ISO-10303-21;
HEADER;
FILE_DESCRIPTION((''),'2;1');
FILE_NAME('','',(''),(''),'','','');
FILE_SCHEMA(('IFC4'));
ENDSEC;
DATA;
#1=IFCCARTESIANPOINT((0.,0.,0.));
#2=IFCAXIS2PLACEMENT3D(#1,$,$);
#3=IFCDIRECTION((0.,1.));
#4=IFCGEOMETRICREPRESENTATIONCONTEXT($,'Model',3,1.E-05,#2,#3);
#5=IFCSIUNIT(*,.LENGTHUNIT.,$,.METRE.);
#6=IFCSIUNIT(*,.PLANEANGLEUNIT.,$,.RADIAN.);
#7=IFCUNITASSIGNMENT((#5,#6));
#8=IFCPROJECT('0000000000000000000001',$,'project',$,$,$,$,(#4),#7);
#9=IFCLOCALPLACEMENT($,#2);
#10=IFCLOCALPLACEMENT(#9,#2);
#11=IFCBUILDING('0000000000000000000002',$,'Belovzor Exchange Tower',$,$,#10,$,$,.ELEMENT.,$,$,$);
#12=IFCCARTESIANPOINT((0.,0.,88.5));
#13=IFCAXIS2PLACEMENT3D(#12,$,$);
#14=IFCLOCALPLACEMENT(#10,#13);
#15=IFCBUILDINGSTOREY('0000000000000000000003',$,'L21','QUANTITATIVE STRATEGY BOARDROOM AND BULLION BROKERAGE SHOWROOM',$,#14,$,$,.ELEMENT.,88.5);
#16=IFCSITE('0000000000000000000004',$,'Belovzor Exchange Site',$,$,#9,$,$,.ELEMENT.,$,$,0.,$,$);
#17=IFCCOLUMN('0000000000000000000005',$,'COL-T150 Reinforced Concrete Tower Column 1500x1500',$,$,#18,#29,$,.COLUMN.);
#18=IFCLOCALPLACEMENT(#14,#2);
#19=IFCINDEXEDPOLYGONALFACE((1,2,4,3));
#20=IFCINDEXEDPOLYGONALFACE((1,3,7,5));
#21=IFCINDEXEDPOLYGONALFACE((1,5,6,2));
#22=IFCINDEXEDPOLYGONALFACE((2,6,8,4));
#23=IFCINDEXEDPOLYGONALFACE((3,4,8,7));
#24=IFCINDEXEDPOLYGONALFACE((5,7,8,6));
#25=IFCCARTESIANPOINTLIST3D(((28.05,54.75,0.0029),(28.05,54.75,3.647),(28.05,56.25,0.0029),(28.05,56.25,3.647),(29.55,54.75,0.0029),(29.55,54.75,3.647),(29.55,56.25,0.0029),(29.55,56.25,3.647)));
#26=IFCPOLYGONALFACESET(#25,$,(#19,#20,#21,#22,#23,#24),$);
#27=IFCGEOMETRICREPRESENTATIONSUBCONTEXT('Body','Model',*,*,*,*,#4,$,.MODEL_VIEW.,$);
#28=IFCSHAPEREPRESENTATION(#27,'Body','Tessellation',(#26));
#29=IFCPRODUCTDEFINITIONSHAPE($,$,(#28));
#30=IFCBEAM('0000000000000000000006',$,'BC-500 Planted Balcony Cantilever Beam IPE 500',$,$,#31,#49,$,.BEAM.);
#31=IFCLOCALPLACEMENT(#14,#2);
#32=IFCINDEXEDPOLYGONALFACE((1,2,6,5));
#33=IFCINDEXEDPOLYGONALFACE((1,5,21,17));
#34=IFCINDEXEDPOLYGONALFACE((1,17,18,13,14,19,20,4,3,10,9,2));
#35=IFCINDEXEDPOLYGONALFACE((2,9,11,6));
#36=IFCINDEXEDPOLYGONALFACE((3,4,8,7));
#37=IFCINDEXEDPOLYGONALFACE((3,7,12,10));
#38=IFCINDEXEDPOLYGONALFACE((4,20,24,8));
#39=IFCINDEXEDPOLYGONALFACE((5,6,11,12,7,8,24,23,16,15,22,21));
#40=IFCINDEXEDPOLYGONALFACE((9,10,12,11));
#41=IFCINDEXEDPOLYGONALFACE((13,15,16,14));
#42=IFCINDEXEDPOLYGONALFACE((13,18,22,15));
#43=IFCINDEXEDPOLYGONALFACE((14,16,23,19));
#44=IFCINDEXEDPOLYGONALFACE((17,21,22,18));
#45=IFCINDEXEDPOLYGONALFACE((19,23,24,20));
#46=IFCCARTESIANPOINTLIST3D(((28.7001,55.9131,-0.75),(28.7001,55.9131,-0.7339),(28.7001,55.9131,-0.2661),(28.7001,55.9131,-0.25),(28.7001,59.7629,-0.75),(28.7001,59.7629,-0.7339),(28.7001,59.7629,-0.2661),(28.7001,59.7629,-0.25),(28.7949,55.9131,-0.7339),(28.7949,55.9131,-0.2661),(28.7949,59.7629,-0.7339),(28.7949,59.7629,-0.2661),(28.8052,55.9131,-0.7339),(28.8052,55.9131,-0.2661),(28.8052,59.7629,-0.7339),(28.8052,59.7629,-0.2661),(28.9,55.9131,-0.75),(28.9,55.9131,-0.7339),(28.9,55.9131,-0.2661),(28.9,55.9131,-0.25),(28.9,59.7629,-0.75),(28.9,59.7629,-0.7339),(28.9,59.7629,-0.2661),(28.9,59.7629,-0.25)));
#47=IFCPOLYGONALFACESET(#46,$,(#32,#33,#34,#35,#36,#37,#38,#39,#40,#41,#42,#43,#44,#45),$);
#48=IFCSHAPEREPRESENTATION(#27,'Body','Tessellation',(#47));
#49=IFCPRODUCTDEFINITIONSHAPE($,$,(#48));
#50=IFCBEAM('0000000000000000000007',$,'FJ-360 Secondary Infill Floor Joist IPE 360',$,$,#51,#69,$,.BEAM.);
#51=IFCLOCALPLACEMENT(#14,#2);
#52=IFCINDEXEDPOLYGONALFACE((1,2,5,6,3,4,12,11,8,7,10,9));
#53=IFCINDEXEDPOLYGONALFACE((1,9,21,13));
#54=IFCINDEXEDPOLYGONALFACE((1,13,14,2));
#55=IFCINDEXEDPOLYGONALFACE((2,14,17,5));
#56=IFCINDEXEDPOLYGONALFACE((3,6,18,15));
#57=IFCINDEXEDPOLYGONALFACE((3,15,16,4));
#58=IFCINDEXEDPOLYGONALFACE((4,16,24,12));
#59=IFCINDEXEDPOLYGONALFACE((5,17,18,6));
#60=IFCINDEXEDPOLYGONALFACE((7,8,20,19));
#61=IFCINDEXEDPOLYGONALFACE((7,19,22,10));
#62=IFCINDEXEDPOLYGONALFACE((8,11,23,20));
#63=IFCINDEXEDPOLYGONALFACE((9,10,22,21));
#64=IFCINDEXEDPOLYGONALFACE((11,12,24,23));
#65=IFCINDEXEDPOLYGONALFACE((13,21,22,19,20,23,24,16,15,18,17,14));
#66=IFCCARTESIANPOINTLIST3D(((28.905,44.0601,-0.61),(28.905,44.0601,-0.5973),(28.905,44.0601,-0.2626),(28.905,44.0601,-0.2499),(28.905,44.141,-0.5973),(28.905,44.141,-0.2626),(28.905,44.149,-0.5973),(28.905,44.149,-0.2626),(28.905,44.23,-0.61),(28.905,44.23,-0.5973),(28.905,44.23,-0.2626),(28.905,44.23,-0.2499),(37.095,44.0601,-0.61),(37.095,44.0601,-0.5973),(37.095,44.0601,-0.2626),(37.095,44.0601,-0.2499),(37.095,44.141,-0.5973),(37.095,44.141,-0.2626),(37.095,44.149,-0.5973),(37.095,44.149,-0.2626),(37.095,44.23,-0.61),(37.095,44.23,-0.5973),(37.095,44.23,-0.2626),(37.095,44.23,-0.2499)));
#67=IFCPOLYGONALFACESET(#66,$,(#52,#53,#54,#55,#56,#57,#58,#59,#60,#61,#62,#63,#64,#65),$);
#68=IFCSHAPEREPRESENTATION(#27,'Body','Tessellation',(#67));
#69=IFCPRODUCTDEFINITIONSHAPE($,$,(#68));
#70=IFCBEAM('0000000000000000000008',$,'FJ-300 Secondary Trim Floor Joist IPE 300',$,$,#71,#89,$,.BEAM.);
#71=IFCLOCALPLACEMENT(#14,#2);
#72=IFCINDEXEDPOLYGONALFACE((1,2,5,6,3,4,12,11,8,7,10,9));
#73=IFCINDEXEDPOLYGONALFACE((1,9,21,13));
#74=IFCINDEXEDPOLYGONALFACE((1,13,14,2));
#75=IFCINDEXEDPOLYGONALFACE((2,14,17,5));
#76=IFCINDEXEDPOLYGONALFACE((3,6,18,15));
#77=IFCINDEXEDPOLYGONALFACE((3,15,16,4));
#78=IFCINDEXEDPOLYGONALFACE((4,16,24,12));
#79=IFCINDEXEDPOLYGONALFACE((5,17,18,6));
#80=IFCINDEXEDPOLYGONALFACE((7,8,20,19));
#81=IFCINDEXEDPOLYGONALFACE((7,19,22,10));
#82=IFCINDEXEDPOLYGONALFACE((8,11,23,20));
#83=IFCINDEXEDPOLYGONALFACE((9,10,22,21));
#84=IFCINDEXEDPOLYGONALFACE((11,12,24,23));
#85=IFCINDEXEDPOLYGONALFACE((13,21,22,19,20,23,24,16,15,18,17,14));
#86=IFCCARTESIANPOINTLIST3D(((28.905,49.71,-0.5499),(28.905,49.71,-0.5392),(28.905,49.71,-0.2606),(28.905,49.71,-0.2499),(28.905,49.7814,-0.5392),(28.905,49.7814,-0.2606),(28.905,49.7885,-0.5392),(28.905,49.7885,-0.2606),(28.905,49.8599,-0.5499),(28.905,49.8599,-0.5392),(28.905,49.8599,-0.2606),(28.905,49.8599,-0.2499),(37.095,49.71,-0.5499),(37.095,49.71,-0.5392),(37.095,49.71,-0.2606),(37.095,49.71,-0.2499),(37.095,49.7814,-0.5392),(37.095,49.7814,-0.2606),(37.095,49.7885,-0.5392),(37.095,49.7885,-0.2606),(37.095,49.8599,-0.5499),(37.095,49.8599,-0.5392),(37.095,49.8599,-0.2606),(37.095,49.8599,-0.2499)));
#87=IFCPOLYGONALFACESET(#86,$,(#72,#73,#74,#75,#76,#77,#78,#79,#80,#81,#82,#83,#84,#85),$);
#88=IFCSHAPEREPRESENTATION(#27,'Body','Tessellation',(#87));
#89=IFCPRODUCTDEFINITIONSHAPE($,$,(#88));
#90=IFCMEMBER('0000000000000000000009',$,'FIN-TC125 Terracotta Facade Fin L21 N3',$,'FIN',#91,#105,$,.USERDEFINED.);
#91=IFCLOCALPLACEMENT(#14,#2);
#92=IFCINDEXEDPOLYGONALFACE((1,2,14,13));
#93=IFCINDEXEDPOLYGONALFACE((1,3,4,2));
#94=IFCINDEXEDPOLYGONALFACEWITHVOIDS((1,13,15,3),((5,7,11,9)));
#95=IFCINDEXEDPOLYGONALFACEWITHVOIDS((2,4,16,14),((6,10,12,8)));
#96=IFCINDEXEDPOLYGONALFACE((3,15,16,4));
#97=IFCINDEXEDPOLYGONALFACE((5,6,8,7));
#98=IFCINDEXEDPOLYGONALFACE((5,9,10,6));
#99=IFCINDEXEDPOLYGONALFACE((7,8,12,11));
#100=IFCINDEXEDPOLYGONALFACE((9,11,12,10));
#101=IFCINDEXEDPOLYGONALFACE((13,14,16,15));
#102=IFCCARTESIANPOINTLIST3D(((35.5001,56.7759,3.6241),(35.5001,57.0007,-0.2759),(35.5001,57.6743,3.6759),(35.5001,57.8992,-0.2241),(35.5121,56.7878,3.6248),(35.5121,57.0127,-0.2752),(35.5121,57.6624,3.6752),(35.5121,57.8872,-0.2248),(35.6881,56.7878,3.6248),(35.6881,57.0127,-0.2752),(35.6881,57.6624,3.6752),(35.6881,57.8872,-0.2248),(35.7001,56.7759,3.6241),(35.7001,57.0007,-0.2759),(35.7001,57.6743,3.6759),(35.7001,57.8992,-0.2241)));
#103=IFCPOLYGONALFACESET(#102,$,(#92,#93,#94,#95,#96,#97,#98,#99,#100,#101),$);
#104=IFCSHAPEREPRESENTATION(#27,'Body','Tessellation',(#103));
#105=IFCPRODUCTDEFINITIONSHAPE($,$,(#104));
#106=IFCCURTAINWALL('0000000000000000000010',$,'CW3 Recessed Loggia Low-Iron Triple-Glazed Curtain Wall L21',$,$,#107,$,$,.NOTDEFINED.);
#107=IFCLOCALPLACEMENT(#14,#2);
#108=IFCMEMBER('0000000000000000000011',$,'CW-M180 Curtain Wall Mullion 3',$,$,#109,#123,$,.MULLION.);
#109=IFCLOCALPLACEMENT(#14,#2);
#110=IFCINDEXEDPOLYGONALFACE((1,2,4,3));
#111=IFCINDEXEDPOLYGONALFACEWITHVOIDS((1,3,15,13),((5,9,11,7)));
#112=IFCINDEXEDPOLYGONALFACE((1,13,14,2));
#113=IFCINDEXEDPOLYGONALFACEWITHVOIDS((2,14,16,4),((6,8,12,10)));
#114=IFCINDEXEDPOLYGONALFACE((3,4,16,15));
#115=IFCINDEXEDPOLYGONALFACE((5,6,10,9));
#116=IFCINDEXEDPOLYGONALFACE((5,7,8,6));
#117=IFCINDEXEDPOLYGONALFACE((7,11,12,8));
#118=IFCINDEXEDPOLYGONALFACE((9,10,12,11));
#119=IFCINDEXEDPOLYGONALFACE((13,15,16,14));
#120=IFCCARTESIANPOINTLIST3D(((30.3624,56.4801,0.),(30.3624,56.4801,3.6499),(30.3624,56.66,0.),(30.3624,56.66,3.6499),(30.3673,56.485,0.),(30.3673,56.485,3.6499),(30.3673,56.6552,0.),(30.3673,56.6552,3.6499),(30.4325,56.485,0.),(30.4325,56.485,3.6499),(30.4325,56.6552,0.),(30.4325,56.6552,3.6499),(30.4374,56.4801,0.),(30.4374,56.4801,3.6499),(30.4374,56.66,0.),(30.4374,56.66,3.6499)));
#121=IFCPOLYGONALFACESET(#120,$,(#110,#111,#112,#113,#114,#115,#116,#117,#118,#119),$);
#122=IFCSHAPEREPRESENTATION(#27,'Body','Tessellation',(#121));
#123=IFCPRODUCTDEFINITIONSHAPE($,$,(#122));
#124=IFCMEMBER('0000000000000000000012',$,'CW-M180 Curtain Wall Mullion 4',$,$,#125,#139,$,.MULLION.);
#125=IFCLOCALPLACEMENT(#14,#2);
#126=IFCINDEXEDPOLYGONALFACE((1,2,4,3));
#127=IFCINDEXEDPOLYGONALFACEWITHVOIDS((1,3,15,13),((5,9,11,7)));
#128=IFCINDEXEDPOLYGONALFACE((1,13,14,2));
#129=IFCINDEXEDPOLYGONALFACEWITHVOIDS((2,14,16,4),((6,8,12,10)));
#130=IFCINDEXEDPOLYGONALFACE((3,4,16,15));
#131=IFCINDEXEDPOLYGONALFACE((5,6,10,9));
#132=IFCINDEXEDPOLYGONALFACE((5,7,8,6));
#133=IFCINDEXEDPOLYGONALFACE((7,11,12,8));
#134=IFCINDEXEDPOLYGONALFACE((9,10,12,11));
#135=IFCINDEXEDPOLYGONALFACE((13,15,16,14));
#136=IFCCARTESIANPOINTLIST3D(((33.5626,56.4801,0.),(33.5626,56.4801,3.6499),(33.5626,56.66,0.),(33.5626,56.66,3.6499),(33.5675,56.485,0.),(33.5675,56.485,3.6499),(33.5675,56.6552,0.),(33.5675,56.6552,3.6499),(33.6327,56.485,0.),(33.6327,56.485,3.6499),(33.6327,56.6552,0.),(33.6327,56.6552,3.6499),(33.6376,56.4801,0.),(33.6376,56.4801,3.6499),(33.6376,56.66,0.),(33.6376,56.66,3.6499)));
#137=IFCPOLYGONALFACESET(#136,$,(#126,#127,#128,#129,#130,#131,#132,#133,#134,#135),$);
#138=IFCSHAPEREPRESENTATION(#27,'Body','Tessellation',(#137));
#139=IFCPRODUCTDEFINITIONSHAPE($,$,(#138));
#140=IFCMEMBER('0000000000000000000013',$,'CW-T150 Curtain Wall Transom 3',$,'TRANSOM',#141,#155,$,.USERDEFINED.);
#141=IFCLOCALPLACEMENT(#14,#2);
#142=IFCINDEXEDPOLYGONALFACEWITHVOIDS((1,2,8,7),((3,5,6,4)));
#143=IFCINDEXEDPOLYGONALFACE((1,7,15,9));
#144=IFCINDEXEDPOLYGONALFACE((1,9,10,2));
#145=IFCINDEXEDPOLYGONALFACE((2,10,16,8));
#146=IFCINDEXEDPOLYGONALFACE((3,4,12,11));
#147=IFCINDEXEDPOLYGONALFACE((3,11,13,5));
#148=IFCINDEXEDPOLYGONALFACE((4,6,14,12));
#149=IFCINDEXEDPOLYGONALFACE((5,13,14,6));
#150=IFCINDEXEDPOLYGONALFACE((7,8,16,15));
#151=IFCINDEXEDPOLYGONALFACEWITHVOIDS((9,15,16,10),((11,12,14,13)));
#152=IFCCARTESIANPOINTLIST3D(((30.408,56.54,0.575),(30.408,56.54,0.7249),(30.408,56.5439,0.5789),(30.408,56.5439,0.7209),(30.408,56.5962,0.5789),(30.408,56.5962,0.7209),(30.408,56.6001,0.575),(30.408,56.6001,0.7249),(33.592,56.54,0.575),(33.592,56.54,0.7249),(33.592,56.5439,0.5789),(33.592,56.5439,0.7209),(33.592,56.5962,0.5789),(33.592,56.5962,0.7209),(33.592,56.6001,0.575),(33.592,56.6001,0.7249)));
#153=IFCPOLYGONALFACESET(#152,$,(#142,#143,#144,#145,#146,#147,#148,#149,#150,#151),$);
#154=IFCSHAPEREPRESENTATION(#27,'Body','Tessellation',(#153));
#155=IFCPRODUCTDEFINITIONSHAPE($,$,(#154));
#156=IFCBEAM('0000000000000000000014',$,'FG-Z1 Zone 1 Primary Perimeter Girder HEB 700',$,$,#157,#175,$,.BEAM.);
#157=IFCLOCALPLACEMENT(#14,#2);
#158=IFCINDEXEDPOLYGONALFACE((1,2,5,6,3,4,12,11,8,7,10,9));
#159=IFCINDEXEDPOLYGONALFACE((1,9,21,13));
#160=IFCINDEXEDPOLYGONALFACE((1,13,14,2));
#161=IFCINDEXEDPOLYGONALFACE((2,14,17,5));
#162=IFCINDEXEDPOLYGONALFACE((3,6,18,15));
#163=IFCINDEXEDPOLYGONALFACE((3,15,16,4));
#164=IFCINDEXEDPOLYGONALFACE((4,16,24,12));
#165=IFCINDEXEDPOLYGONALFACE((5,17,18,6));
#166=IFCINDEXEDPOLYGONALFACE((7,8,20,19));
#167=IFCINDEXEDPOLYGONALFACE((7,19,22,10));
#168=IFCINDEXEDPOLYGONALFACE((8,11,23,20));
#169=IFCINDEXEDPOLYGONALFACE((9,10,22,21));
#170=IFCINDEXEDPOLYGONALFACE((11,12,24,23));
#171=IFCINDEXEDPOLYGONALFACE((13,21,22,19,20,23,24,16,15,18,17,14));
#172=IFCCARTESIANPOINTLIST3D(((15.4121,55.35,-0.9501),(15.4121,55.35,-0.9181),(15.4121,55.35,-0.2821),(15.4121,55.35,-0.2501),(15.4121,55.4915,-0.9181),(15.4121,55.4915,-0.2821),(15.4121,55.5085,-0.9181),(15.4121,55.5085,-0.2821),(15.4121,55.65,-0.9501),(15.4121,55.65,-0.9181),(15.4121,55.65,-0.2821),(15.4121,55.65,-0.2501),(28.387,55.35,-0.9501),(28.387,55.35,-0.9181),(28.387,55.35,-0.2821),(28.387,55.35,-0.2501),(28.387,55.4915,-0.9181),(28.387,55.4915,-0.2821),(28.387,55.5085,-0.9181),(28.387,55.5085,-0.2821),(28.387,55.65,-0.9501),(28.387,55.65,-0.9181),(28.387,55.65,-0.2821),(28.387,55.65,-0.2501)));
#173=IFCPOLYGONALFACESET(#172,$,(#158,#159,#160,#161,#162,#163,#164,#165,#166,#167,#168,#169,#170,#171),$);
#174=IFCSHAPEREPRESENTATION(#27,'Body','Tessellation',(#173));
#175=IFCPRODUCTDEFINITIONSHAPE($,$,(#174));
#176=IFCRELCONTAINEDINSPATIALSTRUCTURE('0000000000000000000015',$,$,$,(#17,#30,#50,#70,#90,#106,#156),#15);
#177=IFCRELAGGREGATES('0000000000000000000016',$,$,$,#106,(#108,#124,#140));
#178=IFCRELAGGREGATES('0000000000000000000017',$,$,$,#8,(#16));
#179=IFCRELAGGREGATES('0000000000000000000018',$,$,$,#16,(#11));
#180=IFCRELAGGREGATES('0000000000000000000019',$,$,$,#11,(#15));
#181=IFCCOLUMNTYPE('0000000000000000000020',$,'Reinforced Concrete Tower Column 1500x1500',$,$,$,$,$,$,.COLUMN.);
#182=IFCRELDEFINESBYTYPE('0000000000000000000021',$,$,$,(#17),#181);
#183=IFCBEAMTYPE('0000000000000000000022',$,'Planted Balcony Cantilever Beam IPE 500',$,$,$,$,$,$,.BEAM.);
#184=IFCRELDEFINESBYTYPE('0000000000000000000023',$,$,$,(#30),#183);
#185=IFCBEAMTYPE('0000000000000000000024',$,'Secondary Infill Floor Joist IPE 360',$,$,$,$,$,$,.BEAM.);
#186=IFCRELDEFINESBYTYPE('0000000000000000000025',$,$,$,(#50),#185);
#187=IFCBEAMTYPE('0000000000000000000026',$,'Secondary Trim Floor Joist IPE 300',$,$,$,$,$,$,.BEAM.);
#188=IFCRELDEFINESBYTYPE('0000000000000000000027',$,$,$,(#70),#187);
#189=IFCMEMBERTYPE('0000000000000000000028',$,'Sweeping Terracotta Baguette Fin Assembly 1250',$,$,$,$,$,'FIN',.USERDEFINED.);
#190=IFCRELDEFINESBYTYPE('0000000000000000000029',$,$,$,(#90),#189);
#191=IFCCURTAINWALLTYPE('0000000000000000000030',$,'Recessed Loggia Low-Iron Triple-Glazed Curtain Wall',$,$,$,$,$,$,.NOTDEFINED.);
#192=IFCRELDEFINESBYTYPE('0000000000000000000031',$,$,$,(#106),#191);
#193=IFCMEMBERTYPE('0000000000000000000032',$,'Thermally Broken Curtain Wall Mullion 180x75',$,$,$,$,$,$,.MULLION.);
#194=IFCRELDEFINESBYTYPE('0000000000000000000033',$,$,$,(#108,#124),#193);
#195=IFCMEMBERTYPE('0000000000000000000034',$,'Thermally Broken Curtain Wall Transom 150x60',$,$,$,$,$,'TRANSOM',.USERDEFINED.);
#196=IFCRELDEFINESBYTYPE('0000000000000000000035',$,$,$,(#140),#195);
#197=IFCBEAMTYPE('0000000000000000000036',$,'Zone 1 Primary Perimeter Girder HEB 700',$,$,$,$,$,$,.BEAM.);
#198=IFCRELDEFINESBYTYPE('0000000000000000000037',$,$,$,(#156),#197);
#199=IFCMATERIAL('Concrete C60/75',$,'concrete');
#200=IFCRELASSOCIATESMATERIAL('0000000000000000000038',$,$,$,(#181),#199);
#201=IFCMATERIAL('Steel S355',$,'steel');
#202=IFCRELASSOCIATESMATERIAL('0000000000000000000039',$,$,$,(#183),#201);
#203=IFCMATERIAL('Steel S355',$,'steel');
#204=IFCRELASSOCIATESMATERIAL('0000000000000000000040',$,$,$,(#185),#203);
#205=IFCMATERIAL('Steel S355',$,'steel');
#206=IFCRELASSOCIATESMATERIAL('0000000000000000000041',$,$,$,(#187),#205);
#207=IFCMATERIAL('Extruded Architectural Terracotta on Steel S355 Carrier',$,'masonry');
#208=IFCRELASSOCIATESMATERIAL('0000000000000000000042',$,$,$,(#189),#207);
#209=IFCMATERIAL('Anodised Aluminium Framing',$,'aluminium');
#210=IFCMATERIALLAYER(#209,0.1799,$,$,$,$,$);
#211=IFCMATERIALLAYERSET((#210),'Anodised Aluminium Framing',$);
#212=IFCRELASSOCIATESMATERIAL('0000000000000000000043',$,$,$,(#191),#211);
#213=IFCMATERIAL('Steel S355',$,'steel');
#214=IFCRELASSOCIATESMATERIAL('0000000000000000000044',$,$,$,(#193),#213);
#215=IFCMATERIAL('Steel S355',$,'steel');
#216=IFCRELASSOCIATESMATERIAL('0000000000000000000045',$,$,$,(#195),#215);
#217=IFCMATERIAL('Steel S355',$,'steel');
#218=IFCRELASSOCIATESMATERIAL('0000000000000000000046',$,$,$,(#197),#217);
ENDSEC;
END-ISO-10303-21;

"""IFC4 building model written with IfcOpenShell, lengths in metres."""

from ifc_helpers import new_model, si_unit, direction, frame, origin, origin_2d, place, context, subcontext, project, spatial, rectangle, hollow_rectangle, i_section, extrude, material, layer, layer_set, material_profile, profile_set, type_object, element, aggregate, save


model = new_model("IFC4")

# Units and contexts
model_context = context("Model", 3, precision=1e-05, world=origin(), true_north=direction((0.0, 1.0)))
body_context = subcontext(model_context, "Body", "Model", "MODEL_VIEW")
ifc_project = project(units=[si_unit("LENGTHUNIT", "METRE"), si_unit("PLANEANGLEUNIT", "RADIAN")], contexts=[model_context])

# Site, building, storey
site_placement = place(None, origin())
site = spatial("IfcSite", under=ifc_project, at=site_placement, Name="Belovzor Exchange Site", CompositionType="ELEMENT", RefElevation=0.0)
building_placement = place(site_placement, origin())
building = spatial("IfcBuilding", under=site, at=building_placement, Name="Belovzor Exchange Tower", CompositionType="ELEMENT")
storey_placement = place(building_placement, frame((0.0, 0.0, 88.5)))
storey = spatial("IfcBuildingStorey", under=building, at=storey_placement, Name="L21", Description="QUANTITATIVE STRATEGY BOARDROOM AND BULLION BROKERAGE SHOWROOM", CompositionType="ELEMENT", Elevation=88.5)

# Column
ifc_material_1 = material(Name="Concrete C60/75", Category="concrete")
ifc_material_profile_1 = material_profile(ifc_material_1, rectangle(XDim=1.5, YDim=1.5, at=origin_2d()))
ifc_profile_set_1 = profile_set([ifc_material_profile_1], Name="Concrete C60/75")
column_type = type_object("IfcColumnType", Name="Reinforced Concrete Tower Column 1500x1500", PredefinedType="COLUMN", material=ifc_profile_set_1)
column_placement = place(storey_placement, frame((28.8, 55.5, 0.0029), z_axis=(0.0, 0.0, 1.0), x_axis=(1.0, 0.0, 0.0)))
element("IfcColumn", 1, at=column_placement, inside=storey, type_object=column_type, Name="COL-T150 Reinforced Concrete Tower Column 1500x1500", PredefinedType="COLUMN", context=body_context, shape_type="SweptSolid", body=[
    extrude(rectangle(XDim=1.5, YDim=1.5, at=origin_2d()), origin(), (0.0, 0.0, 1.0), 3.644),
])

# Beams
ifc_material_2 = material(Name="Steel S355", Category="steel")
ifc_material_profile_2 = material_profile(ifc_material_2, i_section(OverallWidth=0.2, OverallDepth=0.5, WebThickness=0.0103, FlangeThickness=0.0161, at=origin_2d()))
ifc_profile_set_2 = profile_set([ifc_material_profile_2], Name="Steel S355")
beam_type_1 = type_object("IfcBeamType", Name="Planted Balcony Cantilever Beam IPE 500", PredefinedType="BEAM", material=ifc_profile_set_2)
beam_1_placement = place(storey_placement, frame((28.8, 55.9131, -0.5), z_axis=(0.0, 1.0, 0.0), x_axis=(-1.0, 0.0, 0.0)))
element("IfcBeam", 2, at=beam_1_placement, inside=storey, type_object=beam_type_1, Name="BC-500 Planted Balcony Cantilever Beam IPE 500", PredefinedType="BEAM", context=body_context, shape_type="SweptSolid", body=[
    extrude(i_section(OverallWidth=0.2, OverallDepth=0.5, WebThickness=0.0103, FlangeThickness=0.0161, at=origin_2d()), origin(), (0.0, 0.0, 1.0), 3.8499),
])
ifc_material_3 = material(Name="Steel S355", Category="steel")
ifc_material_profile_3 = material_profile(ifc_material_3, i_section(OverallWidth=0.1699, OverallDepth=0.3601, WebThickness=0.0081, FlangeThickness=0.0127, at=origin_2d()))
ifc_profile_set_3 = profile_set([ifc_material_profile_3], Name="Steel S355")
beam_type_2 = type_object("IfcBeamType", Name="Secondary Infill Floor Joist IPE 360", PredefinedType="BEAM", material=ifc_profile_set_3)
beam_2_placement = place(storey_placement, frame((28.905, 44.145, -0.4299), z_axis=(1.0, 0.0, 0.0), x_axis=(0.0, 1.0, 0.0)))
element("IfcBeam", 3, at=beam_2_placement, inside=storey, type_object=beam_type_2, Name="FJ-360 Secondary Infill Floor Joist IPE 360", PredefinedType="BEAM", context=body_context, shape_type="SweptSolid", body=[
    extrude(i_section(OverallWidth=0.1699, OverallDepth=0.3601, WebThickness=0.0081, FlangeThickness=0.0127, at=origin_2d()), origin(), (0.0, 0.0, 1.0), 8.1899),
])
ifc_material_4 = material(Name="Steel S355", Category="steel")
ifc_material_profile_4 = material_profile(ifc_material_4, i_section(OverallWidth=0.1499, OverallDepth=0.3, WebThickness=0.0071, FlangeThickness=0.0107, at=origin_2d()))
ifc_profile_set_4 = profile_set([ifc_material_profile_4], Name="Steel S355")
beam_type_3 = type_object("IfcBeamType", Name="Secondary Trim Floor Joist IPE 300", PredefinedType="BEAM", material=ifc_profile_set_4)
beam_3_placement = place(storey_placement, frame((28.905, 49.7849, -0.3999), z_axis=(1.0, 0.0, 0.0), x_axis=(0.0, 1.0, 0.0)))
element("IfcBeam", 4, at=beam_3_placement, inside=storey, type_object=beam_type_3, Name="FJ-300 Secondary Trim Floor Joist IPE 300", PredefinedType="BEAM", context=body_context, shape_type="SweptSolid", body=[
    extrude(i_section(OverallWidth=0.1499, OverallDepth=0.3, WebThickness=0.0071, FlangeThickness=0.0107, at=origin_2d()), origin(), (0.0, 0.0, 1.0), 8.1899),
])

# Member
ifc_material_5 = material(Name="Extruded Architectural Terracotta on Steel S355 Carrier", Category="masonry")
ifc_material_profile_5 = material_profile(ifc_material_5, hollow_rectangle(XDim=0.2, YDim=0.8999, WallThickness=0.012, at=origin_2d()))
ifc_profile_set_5 = profile_set([ifc_material_profile_5], Name="Extruded Architectural Terracotta on Steel S355 Carrier")
member_type_1 = type_object("IfcMemberType", Name="Sweeping Terracotta Baguette Fin Assembly 1250", ElementType="FIN", PredefinedType="USERDEFINED", material=ifc_profile_set_5)
member_1_placement = place(storey_placement, frame((35.6001, 57.45, -0.25), z_axis=(0.0, -0.057561, 0.998342), x_axis=(1.0, 0.0, 0.0)))
element("IfcMember", 5, at=member_1_placement, inside=storey, type_object=member_type_1, Name="FIN-TC125 Terracotta Facade Fin L21 N3", ObjectType="FIN", PredefinedType="USERDEFINED", context=body_context, shape_type="SweptSolid", body=[
    extrude(hollow_rectangle(XDim=0.2, YDim=0.8999, WallThickness=0.012, at=origin_2d()), origin(), (0.0, 0.0, 1.0), 3.9065),
])

# Curtain wall, members
ifc_material_6 = material(Name="Anodised Aluminium Framing", Category="aluminium")
ifc_layer_1 = layer(ifc_material_6, 0.1799)
ifc_layer_set_1 = layer_set([ifc_layer_1], Name="Anodised Aluminium Framing")
curtain_wall_type = type_object("IfcCurtainWallType", Name="Recessed Loggia Low-Iron Triple-Glazed Curtain Wall", PredefinedType="NOTDEFINED", material=ifc_layer_set_1)
curtain_wall_placement = place(storey_placement, origin())
curtain_wall = element("IfcCurtainWall", 6, at=curtain_wall_placement, inside=storey, type_object=curtain_wall_type, Name="CW3 Recessed Loggia Low-Iron Triple-Glazed Curtain Wall L21", PredefinedType="NOTDEFINED")
ifc_material_7 = material(Name="Steel S355", Category="steel")
ifc_material_profile_6 = material_profile(ifc_material_7, hollow_rectangle(XDim=0.075, YDim=0.1799, WallThickness=0.0049, at=origin_2d()))
ifc_profile_set_6 = profile_set([ifc_material_profile_6], Name="Steel S355")
member_type_2 = type_object("IfcMemberType", Name="Thermally Broken Curtain Wall Mullion 180x75", PredefinedType="MULLION", material=ifc_profile_set_6)
member_2_placement = place(storey_placement, frame((30.3999, 56.5701, 0.0), z_axis=(0.0, 0.0, 1.0), x_axis=(1.0, 0.0, 0.0)))
member_2 = element("IfcMember", 7, at=member_2_placement, type_object=member_type_2, Name="CW-M180 Curtain Wall Mullion 3", PredefinedType="MULLION", context=body_context, shape_type="SweptSolid", body=[
    extrude(hollow_rectangle(XDim=0.075, YDim=0.1799, WallThickness=0.0049, at=origin_2d()), origin(), (0.0, 0.0, 1.0), 3.6499),
])
member_3_placement = place(storey_placement, frame((33.6001, 56.5701, 0.0), z_axis=(0.0, 0.0, 1.0), x_axis=(1.0, 0.0, 0.0)))
member_3 = element("IfcMember", 8, at=member_3_placement, type_object=member_type_2, Name="CW-M180 Curtain Wall Mullion 4", PredefinedType="MULLION", context=body_context, shape_type="SweptSolid", body=[
    extrude(hollow_rectangle(XDim=0.075, YDim=0.1799, WallThickness=0.0049, at=origin_2d()), origin(), (0.0, 0.0, 1.0), 3.6499),
])
ifc_material_8 = material(Name="Steel S355", Category="steel")
ifc_material_profile_7 = material_profile(ifc_material_8, hollow_rectangle(XDim=0.0601, YDim=0.1499, WallThickness=0.0039, at=origin_2d()))
ifc_profile_set_7 = profile_set([ifc_material_profile_7], Name="Steel S355")
member_type_3 = type_object("IfcMemberType", Name="Thermally Broken Curtain Wall Transom 150x60", ElementType="TRANSOM", PredefinedType="USERDEFINED", material=ifc_profile_set_7)
member_4_placement = place(storey_placement, frame((30.408, 56.5701, 0.6499), z_axis=(1.0, 0.0, 0.0), x_axis=(0.0, 1.0, 0.0)))
member_4 = element("IfcMember", 9, at=member_4_placement, type_object=member_type_3, Name="CW-T150 Curtain Wall Transom 3", ObjectType="TRANSOM", PredefinedType="USERDEFINED", context=body_context, shape_type="SweptSolid", body=[
    extrude(hollow_rectangle(XDim=0.0601, YDim=0.1499, WallThickness=0.0039, at=origin_2d()), origin(), (0.0, 0.0, 1.0), 3.1841),
])

# Beam
ifc_material_9 = material(Name="Steel S355", Category="steel")
ifc_material_profile_8 = material_profile(ifc_material_9, i_section(OverallWidth=0.3, OverallDepth=0.7, WebThickness=0.0171, FlangeThickness=0.032, at=origin_2d()))
ifc_profile_set_8 = profile_set([ifc_material_profile_8], Name="Steel S355")
beam_type_4 = type_object("IfcBeamType", Name="Zone 1 Primary Perimeter Girder HEB 700", PredefinedType="BEAM", material=ifc_profile_set_8)
beam_4_placement = place(storey_placement, frame((28.387, 55.5, -0.6001), z_axis=(-1.0, 0.0, 0.0), x_axis=(0.0, -1.0, 0.0)))
element("IfcBeam", 10, at=beam_4_placement, inside=storey, type_object=beam_type_4, Name="FG-Z1 Zone 1 Primary Perimeter Girder HEB 700", PredefinedType="BEAM", context=body_context, shape_type="SweptSolid", body=[
    extrude(i_section(OverallWidth=0.3, OverallDepth=0.7, WebThickness=0.0171, FlangeThickness=0.032, at=origin_2d()), origin(), (0.0, 0.0, 1.0), 12.9749),
])

aggregate(curtain_wall, [member_2, member_3, member_4])

save(model, "model.ifc")
